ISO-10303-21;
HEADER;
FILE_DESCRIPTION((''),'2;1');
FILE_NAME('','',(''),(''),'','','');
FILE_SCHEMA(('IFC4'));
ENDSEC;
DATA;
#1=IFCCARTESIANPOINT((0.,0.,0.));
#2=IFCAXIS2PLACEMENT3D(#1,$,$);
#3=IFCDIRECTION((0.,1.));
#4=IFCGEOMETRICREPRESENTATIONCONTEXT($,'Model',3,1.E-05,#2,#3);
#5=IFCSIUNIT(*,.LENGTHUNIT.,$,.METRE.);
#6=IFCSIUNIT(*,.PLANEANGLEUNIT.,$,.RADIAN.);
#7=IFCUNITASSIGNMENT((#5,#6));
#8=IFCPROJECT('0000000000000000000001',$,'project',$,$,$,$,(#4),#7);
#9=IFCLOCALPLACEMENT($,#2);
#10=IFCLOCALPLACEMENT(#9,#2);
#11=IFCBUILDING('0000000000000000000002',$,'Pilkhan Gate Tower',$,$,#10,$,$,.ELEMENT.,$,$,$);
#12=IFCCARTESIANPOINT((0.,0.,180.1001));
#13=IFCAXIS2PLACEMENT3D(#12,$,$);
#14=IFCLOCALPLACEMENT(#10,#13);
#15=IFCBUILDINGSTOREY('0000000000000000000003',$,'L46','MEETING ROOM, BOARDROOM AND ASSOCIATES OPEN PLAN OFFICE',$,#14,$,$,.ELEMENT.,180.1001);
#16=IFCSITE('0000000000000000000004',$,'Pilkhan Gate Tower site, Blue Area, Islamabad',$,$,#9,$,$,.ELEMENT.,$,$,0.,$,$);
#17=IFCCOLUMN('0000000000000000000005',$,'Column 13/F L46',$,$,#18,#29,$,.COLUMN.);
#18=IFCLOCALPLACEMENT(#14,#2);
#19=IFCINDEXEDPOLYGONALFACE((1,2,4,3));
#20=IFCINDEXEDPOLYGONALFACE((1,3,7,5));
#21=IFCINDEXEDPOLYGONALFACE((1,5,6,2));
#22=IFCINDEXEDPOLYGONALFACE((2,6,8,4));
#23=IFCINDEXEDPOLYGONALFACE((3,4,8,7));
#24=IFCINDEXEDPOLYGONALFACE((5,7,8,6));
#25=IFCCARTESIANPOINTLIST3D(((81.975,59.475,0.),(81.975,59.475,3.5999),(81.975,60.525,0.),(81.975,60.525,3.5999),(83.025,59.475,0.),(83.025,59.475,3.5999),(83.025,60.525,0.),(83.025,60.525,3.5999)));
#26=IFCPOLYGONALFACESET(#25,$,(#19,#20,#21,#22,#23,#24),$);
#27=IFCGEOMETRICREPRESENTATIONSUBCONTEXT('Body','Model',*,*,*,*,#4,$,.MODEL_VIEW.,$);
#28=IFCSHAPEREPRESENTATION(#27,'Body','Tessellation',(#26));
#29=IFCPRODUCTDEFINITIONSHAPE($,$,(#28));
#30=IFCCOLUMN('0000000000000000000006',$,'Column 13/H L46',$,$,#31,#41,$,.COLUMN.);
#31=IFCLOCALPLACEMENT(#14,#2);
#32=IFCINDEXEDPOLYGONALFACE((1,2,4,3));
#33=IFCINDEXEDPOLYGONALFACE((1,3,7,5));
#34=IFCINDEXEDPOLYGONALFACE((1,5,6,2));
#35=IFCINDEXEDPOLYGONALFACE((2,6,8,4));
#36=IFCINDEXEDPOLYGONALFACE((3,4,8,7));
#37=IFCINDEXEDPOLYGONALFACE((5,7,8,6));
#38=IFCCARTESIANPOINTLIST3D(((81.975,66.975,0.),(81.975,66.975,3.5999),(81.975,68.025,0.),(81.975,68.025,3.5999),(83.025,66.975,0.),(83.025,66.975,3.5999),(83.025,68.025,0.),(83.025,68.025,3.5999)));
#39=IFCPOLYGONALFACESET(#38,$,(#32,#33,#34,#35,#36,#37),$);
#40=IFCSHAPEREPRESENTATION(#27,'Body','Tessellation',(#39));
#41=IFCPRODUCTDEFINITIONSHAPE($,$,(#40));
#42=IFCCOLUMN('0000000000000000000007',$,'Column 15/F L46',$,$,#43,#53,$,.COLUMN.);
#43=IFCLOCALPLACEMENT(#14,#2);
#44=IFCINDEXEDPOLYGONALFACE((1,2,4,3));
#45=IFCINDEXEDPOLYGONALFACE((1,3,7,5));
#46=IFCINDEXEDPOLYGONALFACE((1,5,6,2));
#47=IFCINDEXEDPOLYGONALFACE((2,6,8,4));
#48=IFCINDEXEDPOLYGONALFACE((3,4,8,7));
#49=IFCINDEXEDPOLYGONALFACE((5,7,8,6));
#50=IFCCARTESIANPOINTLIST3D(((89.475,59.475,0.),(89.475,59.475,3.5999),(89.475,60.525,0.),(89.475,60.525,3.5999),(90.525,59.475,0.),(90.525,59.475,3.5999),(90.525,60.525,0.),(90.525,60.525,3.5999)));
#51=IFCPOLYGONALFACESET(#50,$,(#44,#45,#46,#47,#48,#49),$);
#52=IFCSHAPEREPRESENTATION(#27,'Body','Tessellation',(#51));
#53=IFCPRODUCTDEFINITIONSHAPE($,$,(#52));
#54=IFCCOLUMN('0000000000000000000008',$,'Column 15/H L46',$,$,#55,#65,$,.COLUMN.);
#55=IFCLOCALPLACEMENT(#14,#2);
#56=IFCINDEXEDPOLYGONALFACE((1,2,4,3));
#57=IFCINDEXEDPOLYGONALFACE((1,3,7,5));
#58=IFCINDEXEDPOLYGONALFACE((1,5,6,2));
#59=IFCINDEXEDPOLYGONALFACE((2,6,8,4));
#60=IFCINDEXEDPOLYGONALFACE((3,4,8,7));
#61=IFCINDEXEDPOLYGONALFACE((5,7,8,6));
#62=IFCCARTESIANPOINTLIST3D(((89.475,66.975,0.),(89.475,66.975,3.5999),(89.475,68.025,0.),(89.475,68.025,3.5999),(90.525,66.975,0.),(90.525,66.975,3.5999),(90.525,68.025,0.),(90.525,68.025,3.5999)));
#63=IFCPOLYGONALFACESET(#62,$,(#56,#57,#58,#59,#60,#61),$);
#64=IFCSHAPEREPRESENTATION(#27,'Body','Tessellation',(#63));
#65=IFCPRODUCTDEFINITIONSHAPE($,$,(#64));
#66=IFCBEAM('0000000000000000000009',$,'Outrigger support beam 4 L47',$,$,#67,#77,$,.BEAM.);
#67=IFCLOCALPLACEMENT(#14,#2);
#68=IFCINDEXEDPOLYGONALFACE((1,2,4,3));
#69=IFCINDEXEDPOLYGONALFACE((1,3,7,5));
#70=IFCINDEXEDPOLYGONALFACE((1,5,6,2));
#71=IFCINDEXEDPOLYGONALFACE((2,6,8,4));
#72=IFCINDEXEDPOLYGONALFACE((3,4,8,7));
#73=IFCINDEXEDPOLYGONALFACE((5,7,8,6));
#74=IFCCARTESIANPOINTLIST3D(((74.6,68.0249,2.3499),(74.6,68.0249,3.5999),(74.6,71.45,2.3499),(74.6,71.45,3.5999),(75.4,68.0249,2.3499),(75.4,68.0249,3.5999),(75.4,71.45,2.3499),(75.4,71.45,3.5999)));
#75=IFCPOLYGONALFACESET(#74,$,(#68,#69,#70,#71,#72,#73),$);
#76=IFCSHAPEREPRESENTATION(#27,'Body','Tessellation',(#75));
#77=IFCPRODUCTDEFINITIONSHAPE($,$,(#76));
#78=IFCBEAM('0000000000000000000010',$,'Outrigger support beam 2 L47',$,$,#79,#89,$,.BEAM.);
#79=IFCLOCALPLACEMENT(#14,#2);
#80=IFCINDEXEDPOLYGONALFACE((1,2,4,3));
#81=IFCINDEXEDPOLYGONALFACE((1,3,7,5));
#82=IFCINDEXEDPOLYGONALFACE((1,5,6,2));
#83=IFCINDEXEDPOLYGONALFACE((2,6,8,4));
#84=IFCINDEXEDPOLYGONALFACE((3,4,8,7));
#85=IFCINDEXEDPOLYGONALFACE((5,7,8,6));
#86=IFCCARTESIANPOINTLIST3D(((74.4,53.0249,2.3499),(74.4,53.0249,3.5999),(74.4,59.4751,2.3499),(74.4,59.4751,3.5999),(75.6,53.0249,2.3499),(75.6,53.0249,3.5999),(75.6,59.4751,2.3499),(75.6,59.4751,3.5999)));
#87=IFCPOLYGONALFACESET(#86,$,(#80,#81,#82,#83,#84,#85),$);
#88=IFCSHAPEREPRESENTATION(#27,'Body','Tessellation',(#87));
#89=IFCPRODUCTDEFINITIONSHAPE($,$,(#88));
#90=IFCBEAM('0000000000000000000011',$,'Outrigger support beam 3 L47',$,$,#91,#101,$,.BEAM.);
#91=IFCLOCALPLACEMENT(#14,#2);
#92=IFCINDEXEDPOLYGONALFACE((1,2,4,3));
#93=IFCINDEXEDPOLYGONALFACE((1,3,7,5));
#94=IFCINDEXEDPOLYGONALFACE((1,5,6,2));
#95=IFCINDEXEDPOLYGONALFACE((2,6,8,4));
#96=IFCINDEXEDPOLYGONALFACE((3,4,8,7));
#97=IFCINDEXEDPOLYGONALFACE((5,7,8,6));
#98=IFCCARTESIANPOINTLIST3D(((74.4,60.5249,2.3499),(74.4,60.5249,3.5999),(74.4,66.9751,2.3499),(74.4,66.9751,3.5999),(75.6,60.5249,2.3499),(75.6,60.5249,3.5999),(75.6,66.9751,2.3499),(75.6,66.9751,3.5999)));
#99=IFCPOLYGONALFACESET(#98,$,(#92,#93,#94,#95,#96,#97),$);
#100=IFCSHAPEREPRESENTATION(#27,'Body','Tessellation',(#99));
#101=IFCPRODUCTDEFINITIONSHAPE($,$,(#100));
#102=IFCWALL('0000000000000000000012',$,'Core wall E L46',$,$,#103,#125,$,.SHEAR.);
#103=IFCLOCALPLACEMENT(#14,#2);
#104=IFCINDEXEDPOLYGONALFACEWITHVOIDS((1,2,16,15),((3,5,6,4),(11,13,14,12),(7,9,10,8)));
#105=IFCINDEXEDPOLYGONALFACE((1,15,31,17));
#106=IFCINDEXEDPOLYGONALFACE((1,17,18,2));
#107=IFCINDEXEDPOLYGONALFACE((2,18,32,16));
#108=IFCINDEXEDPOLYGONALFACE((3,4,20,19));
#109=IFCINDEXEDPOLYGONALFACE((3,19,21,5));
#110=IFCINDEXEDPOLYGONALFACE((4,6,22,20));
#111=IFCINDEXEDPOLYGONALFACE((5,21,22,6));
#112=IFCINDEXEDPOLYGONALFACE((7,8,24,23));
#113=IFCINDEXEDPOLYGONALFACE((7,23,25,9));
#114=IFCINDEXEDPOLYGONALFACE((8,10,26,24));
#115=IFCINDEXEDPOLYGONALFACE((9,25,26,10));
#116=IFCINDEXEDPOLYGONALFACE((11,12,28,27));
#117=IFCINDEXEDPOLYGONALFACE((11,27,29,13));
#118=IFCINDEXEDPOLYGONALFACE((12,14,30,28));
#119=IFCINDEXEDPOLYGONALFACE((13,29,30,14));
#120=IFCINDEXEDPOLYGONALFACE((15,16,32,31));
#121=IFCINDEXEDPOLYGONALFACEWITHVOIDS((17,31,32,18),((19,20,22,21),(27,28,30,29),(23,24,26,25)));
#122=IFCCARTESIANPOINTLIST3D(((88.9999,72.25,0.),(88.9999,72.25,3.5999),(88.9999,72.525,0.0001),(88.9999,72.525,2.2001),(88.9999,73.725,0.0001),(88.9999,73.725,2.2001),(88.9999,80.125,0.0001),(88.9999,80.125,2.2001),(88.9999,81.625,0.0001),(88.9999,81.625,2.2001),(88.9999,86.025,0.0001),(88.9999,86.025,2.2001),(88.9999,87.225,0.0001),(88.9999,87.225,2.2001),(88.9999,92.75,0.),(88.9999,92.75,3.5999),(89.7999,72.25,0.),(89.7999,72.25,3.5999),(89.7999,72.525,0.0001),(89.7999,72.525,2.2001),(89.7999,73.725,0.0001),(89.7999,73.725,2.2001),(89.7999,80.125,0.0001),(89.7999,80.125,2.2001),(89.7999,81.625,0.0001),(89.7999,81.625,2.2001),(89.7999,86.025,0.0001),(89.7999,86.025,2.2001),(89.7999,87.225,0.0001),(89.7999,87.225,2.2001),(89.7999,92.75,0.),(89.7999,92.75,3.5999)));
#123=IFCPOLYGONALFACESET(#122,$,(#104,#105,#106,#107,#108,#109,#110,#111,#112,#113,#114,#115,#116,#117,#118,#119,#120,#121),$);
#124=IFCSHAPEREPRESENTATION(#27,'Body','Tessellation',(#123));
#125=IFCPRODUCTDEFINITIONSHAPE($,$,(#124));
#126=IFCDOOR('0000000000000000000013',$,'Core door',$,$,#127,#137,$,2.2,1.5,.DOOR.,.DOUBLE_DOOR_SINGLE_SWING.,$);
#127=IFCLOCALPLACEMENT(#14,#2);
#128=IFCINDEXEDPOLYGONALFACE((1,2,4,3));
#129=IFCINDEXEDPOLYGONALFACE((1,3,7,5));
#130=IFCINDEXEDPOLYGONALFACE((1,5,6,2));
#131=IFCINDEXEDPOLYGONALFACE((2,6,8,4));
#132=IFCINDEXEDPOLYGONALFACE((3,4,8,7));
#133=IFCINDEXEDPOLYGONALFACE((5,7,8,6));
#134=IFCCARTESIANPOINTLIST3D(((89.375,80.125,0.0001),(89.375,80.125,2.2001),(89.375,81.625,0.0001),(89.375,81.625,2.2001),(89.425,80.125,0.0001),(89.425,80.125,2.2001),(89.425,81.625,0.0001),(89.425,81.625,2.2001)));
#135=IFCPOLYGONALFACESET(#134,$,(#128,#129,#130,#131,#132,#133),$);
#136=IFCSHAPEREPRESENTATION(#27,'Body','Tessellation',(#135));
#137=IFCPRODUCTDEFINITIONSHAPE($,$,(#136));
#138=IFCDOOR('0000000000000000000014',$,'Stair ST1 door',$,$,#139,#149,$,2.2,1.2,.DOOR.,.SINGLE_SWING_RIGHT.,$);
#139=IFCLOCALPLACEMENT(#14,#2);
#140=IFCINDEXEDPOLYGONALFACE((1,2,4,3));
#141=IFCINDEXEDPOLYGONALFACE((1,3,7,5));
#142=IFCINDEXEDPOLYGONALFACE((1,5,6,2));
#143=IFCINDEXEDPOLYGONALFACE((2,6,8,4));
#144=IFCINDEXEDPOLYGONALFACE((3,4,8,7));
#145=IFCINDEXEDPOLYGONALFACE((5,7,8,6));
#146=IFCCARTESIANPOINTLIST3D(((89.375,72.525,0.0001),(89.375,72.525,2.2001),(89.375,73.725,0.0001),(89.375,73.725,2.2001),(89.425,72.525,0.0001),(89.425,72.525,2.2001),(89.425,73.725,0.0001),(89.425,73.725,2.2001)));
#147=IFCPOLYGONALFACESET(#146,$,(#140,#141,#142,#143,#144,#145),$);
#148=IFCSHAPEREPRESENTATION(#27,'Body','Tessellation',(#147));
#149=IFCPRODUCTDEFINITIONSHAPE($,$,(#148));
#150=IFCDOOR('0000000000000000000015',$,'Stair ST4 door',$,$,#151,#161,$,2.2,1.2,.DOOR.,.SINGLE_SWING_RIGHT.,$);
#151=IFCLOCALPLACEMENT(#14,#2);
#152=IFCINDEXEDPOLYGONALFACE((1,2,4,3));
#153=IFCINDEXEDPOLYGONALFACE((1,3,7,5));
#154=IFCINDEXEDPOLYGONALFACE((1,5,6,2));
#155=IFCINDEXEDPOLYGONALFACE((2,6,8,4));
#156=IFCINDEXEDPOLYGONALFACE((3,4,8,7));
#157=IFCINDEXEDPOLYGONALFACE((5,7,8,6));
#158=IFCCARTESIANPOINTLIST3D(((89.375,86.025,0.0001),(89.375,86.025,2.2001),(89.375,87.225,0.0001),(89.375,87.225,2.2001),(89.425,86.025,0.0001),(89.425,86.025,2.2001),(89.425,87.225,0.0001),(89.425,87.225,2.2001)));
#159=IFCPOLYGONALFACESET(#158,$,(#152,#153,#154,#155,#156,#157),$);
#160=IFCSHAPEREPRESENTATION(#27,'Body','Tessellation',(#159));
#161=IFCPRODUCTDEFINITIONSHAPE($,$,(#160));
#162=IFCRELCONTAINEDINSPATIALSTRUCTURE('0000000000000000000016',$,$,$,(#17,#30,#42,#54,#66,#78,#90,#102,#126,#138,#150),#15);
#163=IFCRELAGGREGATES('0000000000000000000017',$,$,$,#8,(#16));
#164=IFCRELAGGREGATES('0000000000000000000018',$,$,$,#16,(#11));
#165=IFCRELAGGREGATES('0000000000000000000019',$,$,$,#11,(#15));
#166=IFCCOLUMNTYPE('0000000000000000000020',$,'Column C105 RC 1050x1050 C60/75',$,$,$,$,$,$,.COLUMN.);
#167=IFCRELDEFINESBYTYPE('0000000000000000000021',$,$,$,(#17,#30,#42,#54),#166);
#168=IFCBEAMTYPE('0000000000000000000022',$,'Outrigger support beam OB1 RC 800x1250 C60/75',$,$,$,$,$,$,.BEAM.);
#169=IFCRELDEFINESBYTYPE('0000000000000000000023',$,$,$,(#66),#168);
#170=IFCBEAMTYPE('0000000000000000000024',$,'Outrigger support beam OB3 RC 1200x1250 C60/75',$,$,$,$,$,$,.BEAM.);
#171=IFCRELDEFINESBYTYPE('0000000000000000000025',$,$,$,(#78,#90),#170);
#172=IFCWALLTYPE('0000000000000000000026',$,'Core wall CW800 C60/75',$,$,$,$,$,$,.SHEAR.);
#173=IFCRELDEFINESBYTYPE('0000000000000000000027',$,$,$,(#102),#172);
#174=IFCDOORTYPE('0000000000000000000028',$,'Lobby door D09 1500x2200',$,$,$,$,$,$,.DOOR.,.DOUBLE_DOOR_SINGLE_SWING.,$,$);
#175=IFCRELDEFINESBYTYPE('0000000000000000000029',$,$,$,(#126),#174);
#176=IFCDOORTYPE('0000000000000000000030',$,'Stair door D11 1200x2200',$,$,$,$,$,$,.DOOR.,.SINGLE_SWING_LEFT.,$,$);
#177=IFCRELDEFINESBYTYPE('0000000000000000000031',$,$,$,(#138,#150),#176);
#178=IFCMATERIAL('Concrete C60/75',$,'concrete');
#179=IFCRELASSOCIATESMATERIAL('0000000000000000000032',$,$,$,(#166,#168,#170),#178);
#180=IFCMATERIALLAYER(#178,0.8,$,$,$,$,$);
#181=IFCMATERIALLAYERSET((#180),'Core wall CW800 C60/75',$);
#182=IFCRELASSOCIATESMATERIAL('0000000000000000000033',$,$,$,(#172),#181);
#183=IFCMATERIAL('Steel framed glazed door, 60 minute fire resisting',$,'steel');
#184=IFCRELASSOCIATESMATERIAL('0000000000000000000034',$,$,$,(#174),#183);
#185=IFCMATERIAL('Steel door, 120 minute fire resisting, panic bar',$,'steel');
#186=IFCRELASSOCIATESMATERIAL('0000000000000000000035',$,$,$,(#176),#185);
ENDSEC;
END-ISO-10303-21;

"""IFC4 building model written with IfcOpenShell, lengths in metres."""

from ifc_helpers import new_model, si_unit, direction, frame, frame_2d, origin, origin_2d, place, context, subcontext, project, spatial, rectangle, extrude, material, layer, layer_set, material_profile, profile_set, type_object, element, fill, save


model = new_model("IFC4")

# Units and contexts
model_context = context("Model", 3, precision=1e-05, world=origin(), true_north=direction((0.0, 1.0)))
body_context = subcontext(model_context, "Body", "Model", "MODEL_VIEW")
ifc_project = project(units=[si_unit("LENGTHUNIT", "METRE"), si_unit("PLANEANGLEUNIT", "RADIAN")], contexts=[model_context])

# Site, building, storey
site_placement = place(None, origin())
site = spatial("IfcSite", under=ifc_project, at=site_placement, Name="Pilkhan Gate Tower site, Blue Area, Islamabad", CompositionType="ELEMENT", RefElevation=0.0)
building_placement = place(site_placement, origin())
building = spatial("IfcBuilding", under=site, at=building_placement, Name="Pilkhan Gate Tower", CompositionType="ELEMENT")
storey_placement = place(building_placement, frame((0.0, 0.0, 180.1001)))
storey = spatial("IfcBuildingStorey", under=building, at=storey_placement, Name="L46", Description="MEETING ROOM, BOARDROOM AND ASSOCIATES OPEN PLAN OFFICE", CompositionType="ELEMENT", Elevation=180.1001)

# Columns
ifc_material_1 = material(Name="Concrete C60/75", Category="concrete")
ifc_material_profile_1 = material_profile(ifc_material_1, rectangle(XDim=1.05, YDim=1.05, at=origin_2d()), Name="RC 1050x1050")
ifc_profile_set_1 = profile_set([ifc_material_profile_1], Name="Concrete C60/75")
column_type = type_object("IfcColumnType", Name="Column C105 RC 1050x1050 C60/75", PredefinedType="COLUMN", material=ifc_profile_set_1)
for number, where, z_axis, x_axis, name in (
    (1, (82.5, 60.0, 0.0), (0.0, 0.0, 1.0), (1.0, 0.0, 0.0), "Column 13/F L46"),
    (2, (82.5, 67.5, 0.0), (0.0, 0.0, 1.0), (1.0, 0.0, 0.0), "Column 13/H L46"),
    (3, (90.0, 60.0, 0.0), (0.0, 0.0, 1.0), (1.0, 0.0, 0.0), "Column 15/F L46"),
    (4, (90.0, 67.5, 0.0), (0.0, 0.0, 1.0), (1.0, 0.0, 0.0), "Column 15/H L46"),
):
    element("IfcColumn", number, at=place(storey_placement, frame(where, z_axis=z_axis, x_axis=x_axis)), inside=storey, type_object=column_type, Name=name, PredefinedType="COLUMN", context=body_context, shape_type="SweptSolid", body=[
        extrude(rectangle(XDim=1.05, YDim=1.05, at=origin_2d()), origin(), (0.0, 0.0, 1.0), 3.5999),
    ])

# Beams
ifc_material_profile_2 = material_profile(ifc_material_1, rectangle(XDim=0.8, YDim=1.25, at=origin_2d()), Name="RC 800x1250")
ifc_profile_set_2 = profile_set([ifc_material_profile_2], Name="Concrete C60/75")
beam_type_1 = type_object("IfcBeamType", Name="Outrigger support beam OB1 RC 800x1250 C60/75", PredefinedType="BEAM", material=ifc_profile_set_2)
beam_placement = place(storey_placement, frame((75.0, 68.0249, 2.9749), z_axis=(0.0, 1.0, 0.0), x_axis=(-1.0, 0.0, 0.0)))
element("IfcBeam", 5, at=beam_placement, inside=storey, type_object=beam_type_1, Name="Outrigger support beam 4 L47", PredefinedType="BEAM", context=body_context, shape_type="SweptSolid", body=[
    extrude(rectangle(XDim=0.8, YDim=1.25, at=origin_2d()), origin(), (0.0, 0.0, 1.0), 3.425),
])
ifc_material_profile_3 = material_profile(ifc_material_1, rectangle(XDim=1.2, YDim=1.25, at=origin_2d()), Name="RC 1200x1250")
ifc_profile_set_3 = profile_set([ifc_material_profile_3], Name="Concrete C60/75")
beam_type_2 = type_object("IfcBeamType", Name="Outrigger support beam OB3 RC 1200x1250 C60/75", PredefinedType="BEAM", material=ifc_profile_set_3)
for number, where, z_axis, x_axis, name in (
    (6, (75.0, 53.0249, 2.9749), (0.0, 1.0, 0.0), (-1.0, 0.0, 0.0), "Outrigger support beam 2 L47"),
    (7, (75.0, 60.5249, 2.9749), (0.0, 1.0, 0.0), (-1.0, 0.0, 0.0), "Outrigger support beam 3 L47"),
):
    element("IfcBeam", number, at=place(storey_placement, frame(where, z_axis=z_axis, x_axis=x_axis)), inside=storey, type_object=beam_type_2, Name=name, PredefinedType="BEAM", context=body_context, shape_type="SweptSolid", body=[
        extrude(rectangle(XDim=1.2, YDim=1.25, at=origin_2d()), origin(), (0.0, 0.0, 1.0), 6.4502),
    ])

# Wall, openings, doors
ifc_layer_1 = layer(ifc_material_1, 0.8)
ifc_layer_set_1 = layer_set([ifc_layer_1], Name="Core wall CW800 C60/75")
wall_type_1 = type_object("IfcWallType", Name="Core wall CW800 C60/75", PredefinedType="SHEAR", material=ifc_layer_set_1)
wall_1_placement = place(storey_placement, frame((89.3999, 72.25, 0.0), z_axis=(0.0, 0.0, 1.0), x_axis=(0.0, 1.0, 0.0)))
wall_1 = element("IfcWall", 8, at=wall_1_placement, inside=storey, type_object=wall_type_1, Name="Core wall E L46", PredefinedType="SHEAR", context=body_context, shape_type="SweptSolid", body=[
    extrude(rectangle(XDim=20.5, YDim=0.8, at=frame_2d((10.25, 0.0))), origin(), (0.0, 0.0, 1.0), 3.5999),
])
opening_1_placement = place(wall_1_placement, frame((0.2749, 0.0, 0.0)))
opening_1 = element("IfcOpeningElement", 9, at=opening_1_placement, cuts=wall_1, PredefinedType="OPENING", context=body_context, shape_type="SweptSolid", body=[
    extrude(rectangle(XDim=1.2, YDim=2.2, at=frame_2d((0.6001, 1.1001))), frame((0.0, 0.4099, 0.0), z_axis=(0.0, -1.0, 0.0), x_axis=(1.0, 0.0, 0.0)), (0.0, 0.0, 1.0), 0.8201),
])
opening_2_placement = place(wall_1_placement, frame((13.7749, 0.0, 0.0)))
opening_2 = element("IfcOpeningElement", 10, at=opening_2_placement, cuts=wall_1, PredefinedType="OPENING", context=body_context, shape_type="SweptSolid", body=[
    extrude(rectangle(XDim=1.2, YDim=2.2, at=frame_2d((0.6001, 1.1001))), frame((0.0, 0.4099, 0.0), z_axis=(0.0, -1.0, 0.0), x_axis=(1.0, 0.0, 0.0)), (0.0, 0.0, 1.0), 0.8201),
])
opening_3_placement = place(wall_1_placement, frame((7.875, 0.0, 0.0)))
opening_3 = element("IfcOpeningElement", 11, at=opening_3_placement, cuts=wall_1, PredefinedType="OPENING", context=body_context, shape_type="SweptSolid", body=[
    extrude(rectangle(XDim=1.5, YDim=2.2, at=frame_2d((0.75, 1.1001))), frame((0.0, 0.4099, 0.0), z_axis=(0.0, -1.0, 0.0), x_axis=(1.0, 0.0, 0.0)), (0.0, 0.0, 1.0), 0.8201),
])
ifc_material_2 = material(Name="Steel framed glazed door, 60 minute fire resisting", Category="steel")
door_type_1 = type_object("IfcDoorType", Name="Lobby door D09 1500x2200", OperationType="DOUBLE_DOOR_SINGLE_SWING", PredefinedType="DOOR", material=ifc_material_2)
door_1_placement = place(opening_3_placement, origin())
door_1 = element("IfcDoor", 12, at=door_1_placement, inside=storey, type_object=door_type_1, Name="Core door", OperationType="DOUBLE_DOOR_SINGLE_SWING", OverallHeight=2.2, OverallWidth=1.5, PredefinedType="DOOR", context=body_context, shape_type="SweptSolid", body=[
    extrude(rectangle(XDim=1.5, YDim=2.2, at=frame_2d((0.75, 1.1001))), frame((0.0, 0.0249, 0.0), z_axis=(0.0, -1.0, 0.0), x_axis=(1.0, 0.0, 0.0)), (0.0, 0.0, 1.0), 0.05),
])
fill(opening_3, door_1)
ifc_material_3 = material(Name="Steel door, 120 minute fire resisting, panic bar", Category="steel")
door_type_2 = type_object("IfcDoorType", Name="Stair door D11 1200x2200", OperationType="SINGLE_SWING_LEFT", PredefinedType="DOOR", material=ifc_material_3)
door_2_placement = place(opening_1_placement, origin())
door_2 = element("IfcDoor", 13, at=door_2_placement, inside=storey, type_object=door_type_2, Name="Stair ST1 door", OperationType="SINGLE_SWING_RIGHT", OverallHeight=2.2, OverallWidth=1.2, PredefinedType="DOOR", context=body_context, shape_type="SweptSolid", body=[
    extrude(rectangle(XDim=1.2, YDim=2.2, at=frame_2d((0.6001, 1.1001))), frame((0.0, 0.0249, 0.0), z_axis=(0.0, -1.0, 0.0), x_axis=(1.0, 0.0, 0.0)), (0.0, 0.0, 1.0), 0.05),
])
fill(opening_1, door_2)
door_3_placement = place(opening_2_placement, origin())
door_3 = element("IfcDoor", 14, at=door_3_placement, inside=storey, type_object=door_type_2, Name="Stair ST4 door", OperationType="SINGLE_SWING_RIGHT", OverallHeight=2.2, OverallWidth=1.2, PredefinedType="DOOR", context=body_context, shape_type="SweptSolid", body=[
    extrude(rectangle(XDim=1.2, YDim=2.2, at=frame_2d((0.6001, 1.1001))), frame((0.0, 0.0249, 0.0), z_axis=(0.0, -1.0, 0.0), x_axis=(1.0, 0.0, 0.0)), (0.0, 0.0, 1.0), 0.05),
])
fill(opening_2, door_3)

save(model, "model.ifc")
